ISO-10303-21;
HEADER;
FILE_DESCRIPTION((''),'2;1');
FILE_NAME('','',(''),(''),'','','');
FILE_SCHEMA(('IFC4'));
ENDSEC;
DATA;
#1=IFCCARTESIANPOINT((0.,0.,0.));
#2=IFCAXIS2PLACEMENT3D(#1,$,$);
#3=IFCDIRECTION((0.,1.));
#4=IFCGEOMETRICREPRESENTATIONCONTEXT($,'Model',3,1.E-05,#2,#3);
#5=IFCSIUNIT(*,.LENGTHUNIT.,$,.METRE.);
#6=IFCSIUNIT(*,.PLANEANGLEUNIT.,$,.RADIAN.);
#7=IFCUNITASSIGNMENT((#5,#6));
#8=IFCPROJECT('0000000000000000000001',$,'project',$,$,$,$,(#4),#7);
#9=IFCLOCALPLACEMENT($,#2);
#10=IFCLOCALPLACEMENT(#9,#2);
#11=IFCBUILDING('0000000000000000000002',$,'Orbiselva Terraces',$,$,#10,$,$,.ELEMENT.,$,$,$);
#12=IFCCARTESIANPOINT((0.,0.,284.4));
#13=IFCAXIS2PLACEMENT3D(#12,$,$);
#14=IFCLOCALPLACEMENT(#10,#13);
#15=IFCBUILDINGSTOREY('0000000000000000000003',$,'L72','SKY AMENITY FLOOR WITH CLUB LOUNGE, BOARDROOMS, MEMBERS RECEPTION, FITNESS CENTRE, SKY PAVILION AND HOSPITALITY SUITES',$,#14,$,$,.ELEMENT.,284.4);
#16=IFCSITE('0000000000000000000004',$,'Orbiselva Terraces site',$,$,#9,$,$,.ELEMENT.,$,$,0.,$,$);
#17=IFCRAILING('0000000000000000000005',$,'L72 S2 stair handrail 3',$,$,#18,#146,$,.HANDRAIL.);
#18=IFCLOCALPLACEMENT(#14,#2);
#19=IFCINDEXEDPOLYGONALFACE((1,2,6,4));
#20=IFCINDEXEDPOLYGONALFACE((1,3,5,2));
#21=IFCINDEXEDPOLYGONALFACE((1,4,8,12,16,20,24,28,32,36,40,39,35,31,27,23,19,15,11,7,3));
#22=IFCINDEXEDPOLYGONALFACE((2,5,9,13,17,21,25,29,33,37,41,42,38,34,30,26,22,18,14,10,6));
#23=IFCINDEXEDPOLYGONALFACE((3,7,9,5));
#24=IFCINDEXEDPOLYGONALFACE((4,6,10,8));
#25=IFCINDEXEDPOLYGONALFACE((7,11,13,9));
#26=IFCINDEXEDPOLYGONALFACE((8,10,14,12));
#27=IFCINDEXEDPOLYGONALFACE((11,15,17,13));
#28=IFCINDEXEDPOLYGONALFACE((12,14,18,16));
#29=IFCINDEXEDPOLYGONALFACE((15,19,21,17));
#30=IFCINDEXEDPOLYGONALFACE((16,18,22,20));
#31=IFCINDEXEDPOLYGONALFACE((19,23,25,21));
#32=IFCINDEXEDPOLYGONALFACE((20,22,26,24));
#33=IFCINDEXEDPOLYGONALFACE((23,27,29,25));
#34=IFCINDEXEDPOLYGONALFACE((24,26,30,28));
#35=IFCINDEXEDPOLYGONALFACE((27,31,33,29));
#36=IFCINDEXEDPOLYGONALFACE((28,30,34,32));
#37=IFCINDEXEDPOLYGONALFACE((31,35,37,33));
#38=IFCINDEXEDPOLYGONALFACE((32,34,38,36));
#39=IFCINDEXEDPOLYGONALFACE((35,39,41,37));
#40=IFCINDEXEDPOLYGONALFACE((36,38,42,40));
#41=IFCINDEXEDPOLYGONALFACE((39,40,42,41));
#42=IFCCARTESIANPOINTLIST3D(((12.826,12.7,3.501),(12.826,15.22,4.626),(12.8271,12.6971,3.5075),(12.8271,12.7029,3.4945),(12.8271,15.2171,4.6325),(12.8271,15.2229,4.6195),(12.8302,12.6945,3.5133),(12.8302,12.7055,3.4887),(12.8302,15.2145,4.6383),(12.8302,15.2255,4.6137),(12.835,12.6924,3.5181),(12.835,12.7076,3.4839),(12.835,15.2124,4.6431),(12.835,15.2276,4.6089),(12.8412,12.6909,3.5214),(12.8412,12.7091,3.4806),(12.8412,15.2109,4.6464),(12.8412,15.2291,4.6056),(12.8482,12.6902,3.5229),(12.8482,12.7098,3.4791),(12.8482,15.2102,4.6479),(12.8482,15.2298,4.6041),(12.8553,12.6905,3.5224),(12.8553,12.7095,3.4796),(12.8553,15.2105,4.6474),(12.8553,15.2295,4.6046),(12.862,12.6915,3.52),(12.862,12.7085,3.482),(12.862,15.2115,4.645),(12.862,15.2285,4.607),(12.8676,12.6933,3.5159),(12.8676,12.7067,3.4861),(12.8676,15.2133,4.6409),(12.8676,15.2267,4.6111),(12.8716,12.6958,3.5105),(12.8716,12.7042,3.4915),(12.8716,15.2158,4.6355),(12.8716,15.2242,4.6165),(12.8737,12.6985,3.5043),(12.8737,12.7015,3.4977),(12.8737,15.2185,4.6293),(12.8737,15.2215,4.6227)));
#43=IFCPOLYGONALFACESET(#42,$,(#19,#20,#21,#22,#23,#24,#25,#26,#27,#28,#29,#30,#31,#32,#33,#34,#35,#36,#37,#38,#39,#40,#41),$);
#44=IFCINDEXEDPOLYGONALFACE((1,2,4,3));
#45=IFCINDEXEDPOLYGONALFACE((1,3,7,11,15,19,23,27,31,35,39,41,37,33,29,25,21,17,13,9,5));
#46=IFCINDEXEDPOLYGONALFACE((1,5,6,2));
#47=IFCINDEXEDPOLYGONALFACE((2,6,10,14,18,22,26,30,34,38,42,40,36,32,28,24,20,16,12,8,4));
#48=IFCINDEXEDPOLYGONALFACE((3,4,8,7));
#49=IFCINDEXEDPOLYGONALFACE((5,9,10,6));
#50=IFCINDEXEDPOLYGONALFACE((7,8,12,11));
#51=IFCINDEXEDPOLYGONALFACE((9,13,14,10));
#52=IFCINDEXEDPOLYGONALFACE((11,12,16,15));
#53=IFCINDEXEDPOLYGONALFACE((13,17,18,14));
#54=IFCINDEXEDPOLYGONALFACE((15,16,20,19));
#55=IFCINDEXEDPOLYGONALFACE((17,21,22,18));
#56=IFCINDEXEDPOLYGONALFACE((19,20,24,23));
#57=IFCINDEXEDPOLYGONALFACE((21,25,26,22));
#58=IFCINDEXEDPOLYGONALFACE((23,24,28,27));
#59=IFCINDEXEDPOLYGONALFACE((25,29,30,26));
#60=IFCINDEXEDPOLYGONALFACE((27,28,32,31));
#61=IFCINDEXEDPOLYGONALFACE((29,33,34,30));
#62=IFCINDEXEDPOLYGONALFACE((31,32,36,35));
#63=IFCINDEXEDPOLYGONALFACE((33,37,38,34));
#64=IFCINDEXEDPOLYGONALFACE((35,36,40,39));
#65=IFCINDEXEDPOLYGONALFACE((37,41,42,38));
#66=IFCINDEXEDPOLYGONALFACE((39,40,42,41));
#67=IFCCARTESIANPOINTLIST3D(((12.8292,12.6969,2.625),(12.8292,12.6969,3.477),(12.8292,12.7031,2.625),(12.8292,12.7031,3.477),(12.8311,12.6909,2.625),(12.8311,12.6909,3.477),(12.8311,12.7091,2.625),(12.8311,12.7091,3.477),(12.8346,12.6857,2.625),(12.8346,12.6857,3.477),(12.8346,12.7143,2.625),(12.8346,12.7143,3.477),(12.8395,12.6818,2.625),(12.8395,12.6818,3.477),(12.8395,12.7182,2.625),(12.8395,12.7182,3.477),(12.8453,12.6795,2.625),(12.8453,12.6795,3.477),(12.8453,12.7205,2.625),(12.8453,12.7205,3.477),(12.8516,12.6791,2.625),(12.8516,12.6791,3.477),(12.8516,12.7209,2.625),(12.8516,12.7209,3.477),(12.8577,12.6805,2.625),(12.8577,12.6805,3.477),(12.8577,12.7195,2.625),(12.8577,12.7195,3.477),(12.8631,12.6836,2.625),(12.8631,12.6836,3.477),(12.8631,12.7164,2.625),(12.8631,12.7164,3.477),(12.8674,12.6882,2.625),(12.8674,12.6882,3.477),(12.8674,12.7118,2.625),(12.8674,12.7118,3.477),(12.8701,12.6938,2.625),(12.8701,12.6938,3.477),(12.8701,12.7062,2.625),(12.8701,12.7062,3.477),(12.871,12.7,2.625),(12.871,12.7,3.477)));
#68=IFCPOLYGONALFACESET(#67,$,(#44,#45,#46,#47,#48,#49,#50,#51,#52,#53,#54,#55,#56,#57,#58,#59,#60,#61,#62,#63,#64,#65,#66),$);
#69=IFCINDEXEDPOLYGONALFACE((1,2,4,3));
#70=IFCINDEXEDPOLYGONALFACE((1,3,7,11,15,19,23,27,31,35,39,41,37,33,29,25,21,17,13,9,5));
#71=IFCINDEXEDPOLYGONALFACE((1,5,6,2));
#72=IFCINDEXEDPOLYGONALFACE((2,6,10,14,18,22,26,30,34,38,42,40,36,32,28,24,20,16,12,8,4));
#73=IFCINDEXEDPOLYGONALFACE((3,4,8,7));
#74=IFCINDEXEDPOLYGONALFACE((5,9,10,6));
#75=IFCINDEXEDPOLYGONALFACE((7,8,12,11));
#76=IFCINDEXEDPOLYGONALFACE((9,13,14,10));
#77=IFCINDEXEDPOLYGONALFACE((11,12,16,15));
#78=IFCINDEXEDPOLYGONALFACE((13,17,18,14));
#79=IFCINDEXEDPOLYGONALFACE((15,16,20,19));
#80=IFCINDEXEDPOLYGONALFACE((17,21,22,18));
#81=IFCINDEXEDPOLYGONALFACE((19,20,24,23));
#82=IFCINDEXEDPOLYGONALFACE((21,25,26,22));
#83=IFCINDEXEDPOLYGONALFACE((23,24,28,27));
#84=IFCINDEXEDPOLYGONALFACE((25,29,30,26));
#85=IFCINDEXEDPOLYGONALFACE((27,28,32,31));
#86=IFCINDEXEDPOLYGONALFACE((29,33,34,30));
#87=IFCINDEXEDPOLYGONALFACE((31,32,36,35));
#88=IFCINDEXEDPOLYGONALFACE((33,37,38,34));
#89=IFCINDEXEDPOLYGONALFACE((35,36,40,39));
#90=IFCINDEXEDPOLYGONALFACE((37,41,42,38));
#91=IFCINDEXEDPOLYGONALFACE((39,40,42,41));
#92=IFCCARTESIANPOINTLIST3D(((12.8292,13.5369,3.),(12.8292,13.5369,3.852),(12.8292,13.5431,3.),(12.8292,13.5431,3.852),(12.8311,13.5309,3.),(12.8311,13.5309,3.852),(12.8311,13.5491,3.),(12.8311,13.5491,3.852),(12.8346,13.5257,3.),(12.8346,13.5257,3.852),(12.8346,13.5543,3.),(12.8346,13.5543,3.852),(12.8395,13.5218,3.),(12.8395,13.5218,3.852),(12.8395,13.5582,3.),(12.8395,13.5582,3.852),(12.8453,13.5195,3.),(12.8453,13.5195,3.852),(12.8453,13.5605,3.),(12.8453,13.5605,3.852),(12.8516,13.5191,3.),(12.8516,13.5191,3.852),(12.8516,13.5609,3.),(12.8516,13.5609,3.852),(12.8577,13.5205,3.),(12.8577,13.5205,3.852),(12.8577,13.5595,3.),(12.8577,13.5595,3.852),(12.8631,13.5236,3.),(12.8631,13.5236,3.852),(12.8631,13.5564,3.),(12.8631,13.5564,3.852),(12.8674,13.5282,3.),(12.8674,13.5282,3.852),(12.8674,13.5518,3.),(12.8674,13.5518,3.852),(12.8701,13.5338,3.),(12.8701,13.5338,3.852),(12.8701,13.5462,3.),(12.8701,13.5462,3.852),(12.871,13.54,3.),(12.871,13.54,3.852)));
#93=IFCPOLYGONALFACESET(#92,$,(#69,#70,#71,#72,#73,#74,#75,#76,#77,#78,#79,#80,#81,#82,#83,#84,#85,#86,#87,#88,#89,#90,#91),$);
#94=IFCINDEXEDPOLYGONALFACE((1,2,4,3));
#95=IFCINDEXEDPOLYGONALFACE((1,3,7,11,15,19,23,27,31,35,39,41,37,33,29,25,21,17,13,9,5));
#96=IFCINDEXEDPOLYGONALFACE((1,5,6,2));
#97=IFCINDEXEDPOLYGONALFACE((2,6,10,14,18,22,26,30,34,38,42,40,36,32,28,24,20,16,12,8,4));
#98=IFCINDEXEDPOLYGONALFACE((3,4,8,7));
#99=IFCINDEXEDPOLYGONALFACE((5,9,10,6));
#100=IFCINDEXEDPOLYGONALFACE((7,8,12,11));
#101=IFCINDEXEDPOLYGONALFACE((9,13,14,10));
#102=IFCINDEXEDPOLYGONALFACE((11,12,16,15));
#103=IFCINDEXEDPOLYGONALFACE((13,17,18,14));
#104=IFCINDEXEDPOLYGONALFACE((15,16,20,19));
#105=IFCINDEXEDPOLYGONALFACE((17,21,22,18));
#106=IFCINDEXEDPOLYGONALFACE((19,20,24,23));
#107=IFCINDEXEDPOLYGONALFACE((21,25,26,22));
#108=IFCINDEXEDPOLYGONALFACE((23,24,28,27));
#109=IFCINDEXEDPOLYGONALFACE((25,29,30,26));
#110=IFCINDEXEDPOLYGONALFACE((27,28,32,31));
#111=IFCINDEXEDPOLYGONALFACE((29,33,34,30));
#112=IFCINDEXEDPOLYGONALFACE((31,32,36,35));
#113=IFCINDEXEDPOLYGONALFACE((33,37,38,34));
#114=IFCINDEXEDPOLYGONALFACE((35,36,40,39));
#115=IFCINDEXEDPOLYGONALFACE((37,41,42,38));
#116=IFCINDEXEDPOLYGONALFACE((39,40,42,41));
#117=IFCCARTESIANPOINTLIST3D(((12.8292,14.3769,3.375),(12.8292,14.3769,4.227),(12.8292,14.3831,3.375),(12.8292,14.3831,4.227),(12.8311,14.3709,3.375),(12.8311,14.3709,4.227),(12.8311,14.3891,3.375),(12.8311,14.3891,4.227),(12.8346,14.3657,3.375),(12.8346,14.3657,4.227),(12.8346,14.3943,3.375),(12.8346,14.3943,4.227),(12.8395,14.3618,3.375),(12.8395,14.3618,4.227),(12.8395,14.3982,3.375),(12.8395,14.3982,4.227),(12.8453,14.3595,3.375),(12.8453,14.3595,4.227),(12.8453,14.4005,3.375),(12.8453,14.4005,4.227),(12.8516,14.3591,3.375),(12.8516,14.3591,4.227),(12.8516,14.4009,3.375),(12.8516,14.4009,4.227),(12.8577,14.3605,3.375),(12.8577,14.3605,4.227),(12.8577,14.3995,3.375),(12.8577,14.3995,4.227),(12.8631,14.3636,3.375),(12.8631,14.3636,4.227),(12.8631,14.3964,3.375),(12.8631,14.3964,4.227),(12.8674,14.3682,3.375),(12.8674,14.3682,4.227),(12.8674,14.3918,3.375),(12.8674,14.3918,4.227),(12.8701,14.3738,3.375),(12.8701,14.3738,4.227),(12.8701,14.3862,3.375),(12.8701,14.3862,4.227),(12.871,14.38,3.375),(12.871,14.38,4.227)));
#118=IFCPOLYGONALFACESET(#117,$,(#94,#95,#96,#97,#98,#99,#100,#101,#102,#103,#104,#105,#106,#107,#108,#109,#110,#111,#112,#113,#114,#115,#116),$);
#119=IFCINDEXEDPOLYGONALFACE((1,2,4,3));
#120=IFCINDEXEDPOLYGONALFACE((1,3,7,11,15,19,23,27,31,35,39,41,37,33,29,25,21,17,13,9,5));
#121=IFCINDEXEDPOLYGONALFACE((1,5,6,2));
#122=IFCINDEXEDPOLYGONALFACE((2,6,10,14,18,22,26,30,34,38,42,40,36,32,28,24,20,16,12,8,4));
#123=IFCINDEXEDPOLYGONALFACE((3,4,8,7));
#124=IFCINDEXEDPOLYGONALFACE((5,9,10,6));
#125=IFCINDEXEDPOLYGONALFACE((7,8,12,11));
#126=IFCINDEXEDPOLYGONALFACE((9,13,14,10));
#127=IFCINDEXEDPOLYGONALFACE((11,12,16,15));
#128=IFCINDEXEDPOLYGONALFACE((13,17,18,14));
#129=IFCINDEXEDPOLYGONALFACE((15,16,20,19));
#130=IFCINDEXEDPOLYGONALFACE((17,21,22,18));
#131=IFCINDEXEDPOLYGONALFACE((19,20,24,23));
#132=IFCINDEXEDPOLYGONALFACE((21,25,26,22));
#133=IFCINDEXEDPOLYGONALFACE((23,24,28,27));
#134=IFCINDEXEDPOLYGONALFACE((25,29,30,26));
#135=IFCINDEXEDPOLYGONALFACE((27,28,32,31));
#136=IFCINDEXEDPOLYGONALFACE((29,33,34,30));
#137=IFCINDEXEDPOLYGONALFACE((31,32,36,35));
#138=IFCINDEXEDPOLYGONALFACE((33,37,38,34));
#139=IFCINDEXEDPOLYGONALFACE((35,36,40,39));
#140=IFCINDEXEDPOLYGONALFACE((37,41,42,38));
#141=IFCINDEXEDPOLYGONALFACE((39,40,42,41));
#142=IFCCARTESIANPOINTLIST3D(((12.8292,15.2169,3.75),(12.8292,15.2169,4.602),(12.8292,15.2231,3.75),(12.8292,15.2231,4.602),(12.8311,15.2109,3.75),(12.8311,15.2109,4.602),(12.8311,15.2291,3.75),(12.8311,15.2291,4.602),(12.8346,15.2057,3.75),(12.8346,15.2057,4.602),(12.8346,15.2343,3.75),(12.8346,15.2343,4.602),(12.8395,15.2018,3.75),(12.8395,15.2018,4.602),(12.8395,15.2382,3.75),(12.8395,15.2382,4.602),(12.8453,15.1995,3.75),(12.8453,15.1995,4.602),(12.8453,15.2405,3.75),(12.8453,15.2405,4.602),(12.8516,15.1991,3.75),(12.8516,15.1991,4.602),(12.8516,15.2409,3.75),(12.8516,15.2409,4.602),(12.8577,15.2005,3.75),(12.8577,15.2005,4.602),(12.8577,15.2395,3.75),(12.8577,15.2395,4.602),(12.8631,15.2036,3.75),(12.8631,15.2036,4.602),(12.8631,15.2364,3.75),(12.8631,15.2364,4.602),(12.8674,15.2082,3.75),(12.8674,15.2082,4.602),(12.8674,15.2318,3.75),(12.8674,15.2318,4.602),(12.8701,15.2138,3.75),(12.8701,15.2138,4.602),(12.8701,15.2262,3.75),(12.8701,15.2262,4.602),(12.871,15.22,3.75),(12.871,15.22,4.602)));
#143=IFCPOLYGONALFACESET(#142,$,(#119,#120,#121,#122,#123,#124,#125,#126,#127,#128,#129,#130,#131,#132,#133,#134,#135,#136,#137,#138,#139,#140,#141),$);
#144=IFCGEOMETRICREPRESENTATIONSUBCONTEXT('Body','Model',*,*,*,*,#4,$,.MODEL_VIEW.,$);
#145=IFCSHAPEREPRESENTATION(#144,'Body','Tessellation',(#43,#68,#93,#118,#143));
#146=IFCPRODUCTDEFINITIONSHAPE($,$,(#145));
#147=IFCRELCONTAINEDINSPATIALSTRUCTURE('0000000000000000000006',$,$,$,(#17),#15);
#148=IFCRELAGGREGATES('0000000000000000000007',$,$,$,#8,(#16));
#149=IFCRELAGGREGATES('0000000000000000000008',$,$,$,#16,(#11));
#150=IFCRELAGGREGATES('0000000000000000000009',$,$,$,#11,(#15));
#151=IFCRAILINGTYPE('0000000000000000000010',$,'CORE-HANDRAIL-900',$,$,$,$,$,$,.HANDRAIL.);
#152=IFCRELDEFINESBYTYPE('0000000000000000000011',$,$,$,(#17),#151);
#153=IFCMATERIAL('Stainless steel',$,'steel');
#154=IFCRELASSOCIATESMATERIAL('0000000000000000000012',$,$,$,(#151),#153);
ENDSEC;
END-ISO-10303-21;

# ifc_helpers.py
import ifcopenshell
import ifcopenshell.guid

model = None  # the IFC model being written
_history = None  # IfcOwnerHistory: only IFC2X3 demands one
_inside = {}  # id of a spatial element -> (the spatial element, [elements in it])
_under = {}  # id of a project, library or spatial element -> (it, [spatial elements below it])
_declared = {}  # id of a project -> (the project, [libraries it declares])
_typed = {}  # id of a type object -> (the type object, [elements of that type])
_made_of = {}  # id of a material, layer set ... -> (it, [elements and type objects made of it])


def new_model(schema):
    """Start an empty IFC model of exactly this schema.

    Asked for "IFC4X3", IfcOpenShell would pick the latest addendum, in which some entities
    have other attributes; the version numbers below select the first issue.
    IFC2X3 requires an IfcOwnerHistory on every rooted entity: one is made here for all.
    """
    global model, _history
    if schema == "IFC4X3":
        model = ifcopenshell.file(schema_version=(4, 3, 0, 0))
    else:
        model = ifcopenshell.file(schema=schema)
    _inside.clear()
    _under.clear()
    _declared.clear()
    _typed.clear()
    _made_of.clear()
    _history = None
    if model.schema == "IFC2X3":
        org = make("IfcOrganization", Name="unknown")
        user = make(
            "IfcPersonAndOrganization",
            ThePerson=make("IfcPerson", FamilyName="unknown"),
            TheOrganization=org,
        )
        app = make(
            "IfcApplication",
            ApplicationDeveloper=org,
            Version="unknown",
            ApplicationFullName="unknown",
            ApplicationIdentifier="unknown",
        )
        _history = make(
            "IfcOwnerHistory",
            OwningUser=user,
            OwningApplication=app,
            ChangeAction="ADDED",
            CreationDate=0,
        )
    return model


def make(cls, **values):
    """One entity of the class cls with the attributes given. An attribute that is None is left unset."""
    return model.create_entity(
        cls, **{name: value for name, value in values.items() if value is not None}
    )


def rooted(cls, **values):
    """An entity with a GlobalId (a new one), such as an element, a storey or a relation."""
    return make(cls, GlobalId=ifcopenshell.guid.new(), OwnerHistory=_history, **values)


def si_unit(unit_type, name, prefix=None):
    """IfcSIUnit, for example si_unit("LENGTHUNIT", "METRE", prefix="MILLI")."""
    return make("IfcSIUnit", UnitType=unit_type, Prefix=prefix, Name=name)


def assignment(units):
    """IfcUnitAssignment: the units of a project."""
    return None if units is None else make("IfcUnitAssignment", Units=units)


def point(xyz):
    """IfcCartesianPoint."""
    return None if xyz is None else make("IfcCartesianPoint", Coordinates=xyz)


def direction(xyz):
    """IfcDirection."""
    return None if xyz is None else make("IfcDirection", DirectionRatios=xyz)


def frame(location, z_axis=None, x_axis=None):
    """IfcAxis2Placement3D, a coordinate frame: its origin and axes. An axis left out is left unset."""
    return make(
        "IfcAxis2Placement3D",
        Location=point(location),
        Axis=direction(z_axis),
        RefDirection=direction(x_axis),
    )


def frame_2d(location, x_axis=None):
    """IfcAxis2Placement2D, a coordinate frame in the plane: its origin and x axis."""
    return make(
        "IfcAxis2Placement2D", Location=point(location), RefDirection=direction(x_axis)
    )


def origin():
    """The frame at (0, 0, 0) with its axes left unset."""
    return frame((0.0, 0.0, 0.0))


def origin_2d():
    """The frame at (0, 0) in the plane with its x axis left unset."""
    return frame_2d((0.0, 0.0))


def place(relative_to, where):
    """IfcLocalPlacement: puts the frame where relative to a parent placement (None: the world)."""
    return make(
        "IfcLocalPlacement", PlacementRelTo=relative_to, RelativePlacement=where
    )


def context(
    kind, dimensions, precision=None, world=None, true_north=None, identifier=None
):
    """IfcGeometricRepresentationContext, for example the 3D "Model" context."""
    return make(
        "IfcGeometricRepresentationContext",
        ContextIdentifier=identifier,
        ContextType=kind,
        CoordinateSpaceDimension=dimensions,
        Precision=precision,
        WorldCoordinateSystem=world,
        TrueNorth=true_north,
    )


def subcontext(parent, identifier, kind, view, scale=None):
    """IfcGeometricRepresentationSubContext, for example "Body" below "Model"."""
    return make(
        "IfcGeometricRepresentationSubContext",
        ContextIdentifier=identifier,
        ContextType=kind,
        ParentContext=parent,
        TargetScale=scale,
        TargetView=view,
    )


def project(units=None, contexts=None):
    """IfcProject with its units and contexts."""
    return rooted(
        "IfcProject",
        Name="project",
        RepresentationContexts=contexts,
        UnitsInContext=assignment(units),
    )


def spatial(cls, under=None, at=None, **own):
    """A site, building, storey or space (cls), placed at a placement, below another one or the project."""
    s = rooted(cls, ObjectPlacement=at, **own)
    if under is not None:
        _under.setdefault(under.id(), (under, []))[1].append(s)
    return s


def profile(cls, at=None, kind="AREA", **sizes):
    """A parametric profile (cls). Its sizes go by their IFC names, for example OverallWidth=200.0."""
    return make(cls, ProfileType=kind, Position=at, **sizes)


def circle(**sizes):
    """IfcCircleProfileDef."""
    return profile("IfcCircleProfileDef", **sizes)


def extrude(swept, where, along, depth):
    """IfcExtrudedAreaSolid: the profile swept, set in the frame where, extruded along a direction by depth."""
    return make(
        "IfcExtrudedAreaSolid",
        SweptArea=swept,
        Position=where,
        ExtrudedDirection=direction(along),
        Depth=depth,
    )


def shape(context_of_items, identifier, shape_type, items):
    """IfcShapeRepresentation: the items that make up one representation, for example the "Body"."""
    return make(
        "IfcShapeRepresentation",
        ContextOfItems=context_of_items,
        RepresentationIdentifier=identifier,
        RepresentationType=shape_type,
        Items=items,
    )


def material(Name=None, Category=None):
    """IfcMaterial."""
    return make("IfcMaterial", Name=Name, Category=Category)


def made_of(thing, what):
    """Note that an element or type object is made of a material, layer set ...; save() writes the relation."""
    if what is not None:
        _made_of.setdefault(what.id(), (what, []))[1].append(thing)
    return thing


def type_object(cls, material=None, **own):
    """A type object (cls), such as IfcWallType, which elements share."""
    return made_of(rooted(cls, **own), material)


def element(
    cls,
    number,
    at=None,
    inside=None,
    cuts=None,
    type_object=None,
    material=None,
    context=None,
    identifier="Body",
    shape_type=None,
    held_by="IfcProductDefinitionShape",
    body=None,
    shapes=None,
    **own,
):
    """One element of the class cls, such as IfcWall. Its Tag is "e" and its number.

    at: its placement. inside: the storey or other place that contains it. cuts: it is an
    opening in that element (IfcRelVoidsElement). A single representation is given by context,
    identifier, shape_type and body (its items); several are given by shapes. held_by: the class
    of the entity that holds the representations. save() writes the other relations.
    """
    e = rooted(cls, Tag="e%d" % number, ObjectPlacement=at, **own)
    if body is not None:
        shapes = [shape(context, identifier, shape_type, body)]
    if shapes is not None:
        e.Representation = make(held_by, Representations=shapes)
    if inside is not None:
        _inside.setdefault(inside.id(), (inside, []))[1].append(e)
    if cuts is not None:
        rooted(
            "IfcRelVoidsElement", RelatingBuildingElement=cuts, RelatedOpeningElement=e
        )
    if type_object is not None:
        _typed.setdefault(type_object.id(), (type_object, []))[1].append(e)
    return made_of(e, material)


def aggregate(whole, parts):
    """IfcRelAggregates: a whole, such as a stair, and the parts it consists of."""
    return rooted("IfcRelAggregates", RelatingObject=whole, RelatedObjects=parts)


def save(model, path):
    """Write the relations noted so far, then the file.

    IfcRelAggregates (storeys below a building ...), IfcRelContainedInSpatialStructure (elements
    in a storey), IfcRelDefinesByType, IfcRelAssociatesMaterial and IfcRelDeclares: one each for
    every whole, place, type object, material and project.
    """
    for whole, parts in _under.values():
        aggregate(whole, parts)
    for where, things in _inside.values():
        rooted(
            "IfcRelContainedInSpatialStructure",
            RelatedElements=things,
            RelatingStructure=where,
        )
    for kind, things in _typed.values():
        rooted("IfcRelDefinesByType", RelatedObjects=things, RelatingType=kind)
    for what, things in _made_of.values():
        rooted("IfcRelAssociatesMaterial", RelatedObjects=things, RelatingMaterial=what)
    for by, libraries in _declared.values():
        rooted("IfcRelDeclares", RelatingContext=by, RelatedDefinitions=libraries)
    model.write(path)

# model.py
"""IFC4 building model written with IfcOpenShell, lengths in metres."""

from ifc_helpers import new_model, si_unit, direction, frame, origin, origin_2d, place, context, subcontext, project, spatial, circle, extrude, material, type_object, element, save


model = new_model("IFC4")

# Units and contexts
model_context = context("Model", 3, precision=1e-05, world=origin(), true_north=direction((0.0, 1.0)))
body_context = subcontext(model_context, "Body", "Model", "MODEL_VIEW")
ifc_project = project(units=[si_unit("LENGTHUNIT", "METRE"), si_unit("PLANEANGLEUNIT", "RADIAN")], contexts=[model_context])

# Site, building, storey
site_placement = place(None, origin())
site = spatial("IfcSite", under=ifc_project, at=site_placement, Name="Orbiselva Terraces site", CompositionType="ELEMENT", RefElevation=0.0)
building_placement = place(site_placement, origin())
building = spatial("IfcBuilding", under=site, at=building_placement, Name="Orbiselva Terraces", CompositionType="ELEMENT")
storey_placement = place(building_placement, frame((0.0, 0.0, 284.4)))
storey = spatial("IfcBuildingStorey", under=building, at=storey_placement, Name="L72", Description="SKY AMENITY FLOOR WITH CLUB LOUNGE, BOARDROOMS, MEMBERS RECEPTION, FITNESS CENTRE, SKY PAVILION AND HOSPITALITY SUITES", CompositionType="ELEMENT", Elevation=284.4)

# Railing
ifc_material_1 = material(Name="Stainless steel", Category="steel")
railing_type_1 = type_object("IfcRailingType", Name="CORE-HANDRAIL-900", PredefinedType="HANDRAIL", material=ifc_material_1)
for number, where, name in (
    (1, (12.85, 12.7, 2.625), "L72 S2 stair handrail 3"),
):
    element("IfcRailing", number, at=place(storey_placement, frame(where)), inside=storey, type_object=railing_type_1, Name=name, PredefinedType="HANDRAIL", context=body_context, shape_type="SweptSolid", body=[
        extrude(circle(Radius=0.024, at=origin_2d()), frame((0.0, 0.0, 0.876), z_axis=(0.0, 0.913138, 0.407651), x_axis=(-1.0, 0.0, 0.0)), (0.0, 0.0, 1.0), 2.7597),
        extrude(circle(Radius=0.021, at=origin_2d()), origin(), (0.0, 0.0, 1.0), 0.852),
        extrude(circle(Radius=0.021, at=origin_2d()), frame((0.0, 0.84, 0.375)), (0.0, 0.0, 1.0), 0.852),
        extrude(circle(Radius=0.021, at=origin_2d()), frame((0.0, 1.68, 0.75)), (0.0, 0.0, 1.0), 0.852),
        extrude(circle(Radius=0.021, at=origin_2d()), frame((0.0, 2.52, 1.125)), (0.0, 0.0, 1.0), 0.852),
    ])

save(model, "model.ifc")
